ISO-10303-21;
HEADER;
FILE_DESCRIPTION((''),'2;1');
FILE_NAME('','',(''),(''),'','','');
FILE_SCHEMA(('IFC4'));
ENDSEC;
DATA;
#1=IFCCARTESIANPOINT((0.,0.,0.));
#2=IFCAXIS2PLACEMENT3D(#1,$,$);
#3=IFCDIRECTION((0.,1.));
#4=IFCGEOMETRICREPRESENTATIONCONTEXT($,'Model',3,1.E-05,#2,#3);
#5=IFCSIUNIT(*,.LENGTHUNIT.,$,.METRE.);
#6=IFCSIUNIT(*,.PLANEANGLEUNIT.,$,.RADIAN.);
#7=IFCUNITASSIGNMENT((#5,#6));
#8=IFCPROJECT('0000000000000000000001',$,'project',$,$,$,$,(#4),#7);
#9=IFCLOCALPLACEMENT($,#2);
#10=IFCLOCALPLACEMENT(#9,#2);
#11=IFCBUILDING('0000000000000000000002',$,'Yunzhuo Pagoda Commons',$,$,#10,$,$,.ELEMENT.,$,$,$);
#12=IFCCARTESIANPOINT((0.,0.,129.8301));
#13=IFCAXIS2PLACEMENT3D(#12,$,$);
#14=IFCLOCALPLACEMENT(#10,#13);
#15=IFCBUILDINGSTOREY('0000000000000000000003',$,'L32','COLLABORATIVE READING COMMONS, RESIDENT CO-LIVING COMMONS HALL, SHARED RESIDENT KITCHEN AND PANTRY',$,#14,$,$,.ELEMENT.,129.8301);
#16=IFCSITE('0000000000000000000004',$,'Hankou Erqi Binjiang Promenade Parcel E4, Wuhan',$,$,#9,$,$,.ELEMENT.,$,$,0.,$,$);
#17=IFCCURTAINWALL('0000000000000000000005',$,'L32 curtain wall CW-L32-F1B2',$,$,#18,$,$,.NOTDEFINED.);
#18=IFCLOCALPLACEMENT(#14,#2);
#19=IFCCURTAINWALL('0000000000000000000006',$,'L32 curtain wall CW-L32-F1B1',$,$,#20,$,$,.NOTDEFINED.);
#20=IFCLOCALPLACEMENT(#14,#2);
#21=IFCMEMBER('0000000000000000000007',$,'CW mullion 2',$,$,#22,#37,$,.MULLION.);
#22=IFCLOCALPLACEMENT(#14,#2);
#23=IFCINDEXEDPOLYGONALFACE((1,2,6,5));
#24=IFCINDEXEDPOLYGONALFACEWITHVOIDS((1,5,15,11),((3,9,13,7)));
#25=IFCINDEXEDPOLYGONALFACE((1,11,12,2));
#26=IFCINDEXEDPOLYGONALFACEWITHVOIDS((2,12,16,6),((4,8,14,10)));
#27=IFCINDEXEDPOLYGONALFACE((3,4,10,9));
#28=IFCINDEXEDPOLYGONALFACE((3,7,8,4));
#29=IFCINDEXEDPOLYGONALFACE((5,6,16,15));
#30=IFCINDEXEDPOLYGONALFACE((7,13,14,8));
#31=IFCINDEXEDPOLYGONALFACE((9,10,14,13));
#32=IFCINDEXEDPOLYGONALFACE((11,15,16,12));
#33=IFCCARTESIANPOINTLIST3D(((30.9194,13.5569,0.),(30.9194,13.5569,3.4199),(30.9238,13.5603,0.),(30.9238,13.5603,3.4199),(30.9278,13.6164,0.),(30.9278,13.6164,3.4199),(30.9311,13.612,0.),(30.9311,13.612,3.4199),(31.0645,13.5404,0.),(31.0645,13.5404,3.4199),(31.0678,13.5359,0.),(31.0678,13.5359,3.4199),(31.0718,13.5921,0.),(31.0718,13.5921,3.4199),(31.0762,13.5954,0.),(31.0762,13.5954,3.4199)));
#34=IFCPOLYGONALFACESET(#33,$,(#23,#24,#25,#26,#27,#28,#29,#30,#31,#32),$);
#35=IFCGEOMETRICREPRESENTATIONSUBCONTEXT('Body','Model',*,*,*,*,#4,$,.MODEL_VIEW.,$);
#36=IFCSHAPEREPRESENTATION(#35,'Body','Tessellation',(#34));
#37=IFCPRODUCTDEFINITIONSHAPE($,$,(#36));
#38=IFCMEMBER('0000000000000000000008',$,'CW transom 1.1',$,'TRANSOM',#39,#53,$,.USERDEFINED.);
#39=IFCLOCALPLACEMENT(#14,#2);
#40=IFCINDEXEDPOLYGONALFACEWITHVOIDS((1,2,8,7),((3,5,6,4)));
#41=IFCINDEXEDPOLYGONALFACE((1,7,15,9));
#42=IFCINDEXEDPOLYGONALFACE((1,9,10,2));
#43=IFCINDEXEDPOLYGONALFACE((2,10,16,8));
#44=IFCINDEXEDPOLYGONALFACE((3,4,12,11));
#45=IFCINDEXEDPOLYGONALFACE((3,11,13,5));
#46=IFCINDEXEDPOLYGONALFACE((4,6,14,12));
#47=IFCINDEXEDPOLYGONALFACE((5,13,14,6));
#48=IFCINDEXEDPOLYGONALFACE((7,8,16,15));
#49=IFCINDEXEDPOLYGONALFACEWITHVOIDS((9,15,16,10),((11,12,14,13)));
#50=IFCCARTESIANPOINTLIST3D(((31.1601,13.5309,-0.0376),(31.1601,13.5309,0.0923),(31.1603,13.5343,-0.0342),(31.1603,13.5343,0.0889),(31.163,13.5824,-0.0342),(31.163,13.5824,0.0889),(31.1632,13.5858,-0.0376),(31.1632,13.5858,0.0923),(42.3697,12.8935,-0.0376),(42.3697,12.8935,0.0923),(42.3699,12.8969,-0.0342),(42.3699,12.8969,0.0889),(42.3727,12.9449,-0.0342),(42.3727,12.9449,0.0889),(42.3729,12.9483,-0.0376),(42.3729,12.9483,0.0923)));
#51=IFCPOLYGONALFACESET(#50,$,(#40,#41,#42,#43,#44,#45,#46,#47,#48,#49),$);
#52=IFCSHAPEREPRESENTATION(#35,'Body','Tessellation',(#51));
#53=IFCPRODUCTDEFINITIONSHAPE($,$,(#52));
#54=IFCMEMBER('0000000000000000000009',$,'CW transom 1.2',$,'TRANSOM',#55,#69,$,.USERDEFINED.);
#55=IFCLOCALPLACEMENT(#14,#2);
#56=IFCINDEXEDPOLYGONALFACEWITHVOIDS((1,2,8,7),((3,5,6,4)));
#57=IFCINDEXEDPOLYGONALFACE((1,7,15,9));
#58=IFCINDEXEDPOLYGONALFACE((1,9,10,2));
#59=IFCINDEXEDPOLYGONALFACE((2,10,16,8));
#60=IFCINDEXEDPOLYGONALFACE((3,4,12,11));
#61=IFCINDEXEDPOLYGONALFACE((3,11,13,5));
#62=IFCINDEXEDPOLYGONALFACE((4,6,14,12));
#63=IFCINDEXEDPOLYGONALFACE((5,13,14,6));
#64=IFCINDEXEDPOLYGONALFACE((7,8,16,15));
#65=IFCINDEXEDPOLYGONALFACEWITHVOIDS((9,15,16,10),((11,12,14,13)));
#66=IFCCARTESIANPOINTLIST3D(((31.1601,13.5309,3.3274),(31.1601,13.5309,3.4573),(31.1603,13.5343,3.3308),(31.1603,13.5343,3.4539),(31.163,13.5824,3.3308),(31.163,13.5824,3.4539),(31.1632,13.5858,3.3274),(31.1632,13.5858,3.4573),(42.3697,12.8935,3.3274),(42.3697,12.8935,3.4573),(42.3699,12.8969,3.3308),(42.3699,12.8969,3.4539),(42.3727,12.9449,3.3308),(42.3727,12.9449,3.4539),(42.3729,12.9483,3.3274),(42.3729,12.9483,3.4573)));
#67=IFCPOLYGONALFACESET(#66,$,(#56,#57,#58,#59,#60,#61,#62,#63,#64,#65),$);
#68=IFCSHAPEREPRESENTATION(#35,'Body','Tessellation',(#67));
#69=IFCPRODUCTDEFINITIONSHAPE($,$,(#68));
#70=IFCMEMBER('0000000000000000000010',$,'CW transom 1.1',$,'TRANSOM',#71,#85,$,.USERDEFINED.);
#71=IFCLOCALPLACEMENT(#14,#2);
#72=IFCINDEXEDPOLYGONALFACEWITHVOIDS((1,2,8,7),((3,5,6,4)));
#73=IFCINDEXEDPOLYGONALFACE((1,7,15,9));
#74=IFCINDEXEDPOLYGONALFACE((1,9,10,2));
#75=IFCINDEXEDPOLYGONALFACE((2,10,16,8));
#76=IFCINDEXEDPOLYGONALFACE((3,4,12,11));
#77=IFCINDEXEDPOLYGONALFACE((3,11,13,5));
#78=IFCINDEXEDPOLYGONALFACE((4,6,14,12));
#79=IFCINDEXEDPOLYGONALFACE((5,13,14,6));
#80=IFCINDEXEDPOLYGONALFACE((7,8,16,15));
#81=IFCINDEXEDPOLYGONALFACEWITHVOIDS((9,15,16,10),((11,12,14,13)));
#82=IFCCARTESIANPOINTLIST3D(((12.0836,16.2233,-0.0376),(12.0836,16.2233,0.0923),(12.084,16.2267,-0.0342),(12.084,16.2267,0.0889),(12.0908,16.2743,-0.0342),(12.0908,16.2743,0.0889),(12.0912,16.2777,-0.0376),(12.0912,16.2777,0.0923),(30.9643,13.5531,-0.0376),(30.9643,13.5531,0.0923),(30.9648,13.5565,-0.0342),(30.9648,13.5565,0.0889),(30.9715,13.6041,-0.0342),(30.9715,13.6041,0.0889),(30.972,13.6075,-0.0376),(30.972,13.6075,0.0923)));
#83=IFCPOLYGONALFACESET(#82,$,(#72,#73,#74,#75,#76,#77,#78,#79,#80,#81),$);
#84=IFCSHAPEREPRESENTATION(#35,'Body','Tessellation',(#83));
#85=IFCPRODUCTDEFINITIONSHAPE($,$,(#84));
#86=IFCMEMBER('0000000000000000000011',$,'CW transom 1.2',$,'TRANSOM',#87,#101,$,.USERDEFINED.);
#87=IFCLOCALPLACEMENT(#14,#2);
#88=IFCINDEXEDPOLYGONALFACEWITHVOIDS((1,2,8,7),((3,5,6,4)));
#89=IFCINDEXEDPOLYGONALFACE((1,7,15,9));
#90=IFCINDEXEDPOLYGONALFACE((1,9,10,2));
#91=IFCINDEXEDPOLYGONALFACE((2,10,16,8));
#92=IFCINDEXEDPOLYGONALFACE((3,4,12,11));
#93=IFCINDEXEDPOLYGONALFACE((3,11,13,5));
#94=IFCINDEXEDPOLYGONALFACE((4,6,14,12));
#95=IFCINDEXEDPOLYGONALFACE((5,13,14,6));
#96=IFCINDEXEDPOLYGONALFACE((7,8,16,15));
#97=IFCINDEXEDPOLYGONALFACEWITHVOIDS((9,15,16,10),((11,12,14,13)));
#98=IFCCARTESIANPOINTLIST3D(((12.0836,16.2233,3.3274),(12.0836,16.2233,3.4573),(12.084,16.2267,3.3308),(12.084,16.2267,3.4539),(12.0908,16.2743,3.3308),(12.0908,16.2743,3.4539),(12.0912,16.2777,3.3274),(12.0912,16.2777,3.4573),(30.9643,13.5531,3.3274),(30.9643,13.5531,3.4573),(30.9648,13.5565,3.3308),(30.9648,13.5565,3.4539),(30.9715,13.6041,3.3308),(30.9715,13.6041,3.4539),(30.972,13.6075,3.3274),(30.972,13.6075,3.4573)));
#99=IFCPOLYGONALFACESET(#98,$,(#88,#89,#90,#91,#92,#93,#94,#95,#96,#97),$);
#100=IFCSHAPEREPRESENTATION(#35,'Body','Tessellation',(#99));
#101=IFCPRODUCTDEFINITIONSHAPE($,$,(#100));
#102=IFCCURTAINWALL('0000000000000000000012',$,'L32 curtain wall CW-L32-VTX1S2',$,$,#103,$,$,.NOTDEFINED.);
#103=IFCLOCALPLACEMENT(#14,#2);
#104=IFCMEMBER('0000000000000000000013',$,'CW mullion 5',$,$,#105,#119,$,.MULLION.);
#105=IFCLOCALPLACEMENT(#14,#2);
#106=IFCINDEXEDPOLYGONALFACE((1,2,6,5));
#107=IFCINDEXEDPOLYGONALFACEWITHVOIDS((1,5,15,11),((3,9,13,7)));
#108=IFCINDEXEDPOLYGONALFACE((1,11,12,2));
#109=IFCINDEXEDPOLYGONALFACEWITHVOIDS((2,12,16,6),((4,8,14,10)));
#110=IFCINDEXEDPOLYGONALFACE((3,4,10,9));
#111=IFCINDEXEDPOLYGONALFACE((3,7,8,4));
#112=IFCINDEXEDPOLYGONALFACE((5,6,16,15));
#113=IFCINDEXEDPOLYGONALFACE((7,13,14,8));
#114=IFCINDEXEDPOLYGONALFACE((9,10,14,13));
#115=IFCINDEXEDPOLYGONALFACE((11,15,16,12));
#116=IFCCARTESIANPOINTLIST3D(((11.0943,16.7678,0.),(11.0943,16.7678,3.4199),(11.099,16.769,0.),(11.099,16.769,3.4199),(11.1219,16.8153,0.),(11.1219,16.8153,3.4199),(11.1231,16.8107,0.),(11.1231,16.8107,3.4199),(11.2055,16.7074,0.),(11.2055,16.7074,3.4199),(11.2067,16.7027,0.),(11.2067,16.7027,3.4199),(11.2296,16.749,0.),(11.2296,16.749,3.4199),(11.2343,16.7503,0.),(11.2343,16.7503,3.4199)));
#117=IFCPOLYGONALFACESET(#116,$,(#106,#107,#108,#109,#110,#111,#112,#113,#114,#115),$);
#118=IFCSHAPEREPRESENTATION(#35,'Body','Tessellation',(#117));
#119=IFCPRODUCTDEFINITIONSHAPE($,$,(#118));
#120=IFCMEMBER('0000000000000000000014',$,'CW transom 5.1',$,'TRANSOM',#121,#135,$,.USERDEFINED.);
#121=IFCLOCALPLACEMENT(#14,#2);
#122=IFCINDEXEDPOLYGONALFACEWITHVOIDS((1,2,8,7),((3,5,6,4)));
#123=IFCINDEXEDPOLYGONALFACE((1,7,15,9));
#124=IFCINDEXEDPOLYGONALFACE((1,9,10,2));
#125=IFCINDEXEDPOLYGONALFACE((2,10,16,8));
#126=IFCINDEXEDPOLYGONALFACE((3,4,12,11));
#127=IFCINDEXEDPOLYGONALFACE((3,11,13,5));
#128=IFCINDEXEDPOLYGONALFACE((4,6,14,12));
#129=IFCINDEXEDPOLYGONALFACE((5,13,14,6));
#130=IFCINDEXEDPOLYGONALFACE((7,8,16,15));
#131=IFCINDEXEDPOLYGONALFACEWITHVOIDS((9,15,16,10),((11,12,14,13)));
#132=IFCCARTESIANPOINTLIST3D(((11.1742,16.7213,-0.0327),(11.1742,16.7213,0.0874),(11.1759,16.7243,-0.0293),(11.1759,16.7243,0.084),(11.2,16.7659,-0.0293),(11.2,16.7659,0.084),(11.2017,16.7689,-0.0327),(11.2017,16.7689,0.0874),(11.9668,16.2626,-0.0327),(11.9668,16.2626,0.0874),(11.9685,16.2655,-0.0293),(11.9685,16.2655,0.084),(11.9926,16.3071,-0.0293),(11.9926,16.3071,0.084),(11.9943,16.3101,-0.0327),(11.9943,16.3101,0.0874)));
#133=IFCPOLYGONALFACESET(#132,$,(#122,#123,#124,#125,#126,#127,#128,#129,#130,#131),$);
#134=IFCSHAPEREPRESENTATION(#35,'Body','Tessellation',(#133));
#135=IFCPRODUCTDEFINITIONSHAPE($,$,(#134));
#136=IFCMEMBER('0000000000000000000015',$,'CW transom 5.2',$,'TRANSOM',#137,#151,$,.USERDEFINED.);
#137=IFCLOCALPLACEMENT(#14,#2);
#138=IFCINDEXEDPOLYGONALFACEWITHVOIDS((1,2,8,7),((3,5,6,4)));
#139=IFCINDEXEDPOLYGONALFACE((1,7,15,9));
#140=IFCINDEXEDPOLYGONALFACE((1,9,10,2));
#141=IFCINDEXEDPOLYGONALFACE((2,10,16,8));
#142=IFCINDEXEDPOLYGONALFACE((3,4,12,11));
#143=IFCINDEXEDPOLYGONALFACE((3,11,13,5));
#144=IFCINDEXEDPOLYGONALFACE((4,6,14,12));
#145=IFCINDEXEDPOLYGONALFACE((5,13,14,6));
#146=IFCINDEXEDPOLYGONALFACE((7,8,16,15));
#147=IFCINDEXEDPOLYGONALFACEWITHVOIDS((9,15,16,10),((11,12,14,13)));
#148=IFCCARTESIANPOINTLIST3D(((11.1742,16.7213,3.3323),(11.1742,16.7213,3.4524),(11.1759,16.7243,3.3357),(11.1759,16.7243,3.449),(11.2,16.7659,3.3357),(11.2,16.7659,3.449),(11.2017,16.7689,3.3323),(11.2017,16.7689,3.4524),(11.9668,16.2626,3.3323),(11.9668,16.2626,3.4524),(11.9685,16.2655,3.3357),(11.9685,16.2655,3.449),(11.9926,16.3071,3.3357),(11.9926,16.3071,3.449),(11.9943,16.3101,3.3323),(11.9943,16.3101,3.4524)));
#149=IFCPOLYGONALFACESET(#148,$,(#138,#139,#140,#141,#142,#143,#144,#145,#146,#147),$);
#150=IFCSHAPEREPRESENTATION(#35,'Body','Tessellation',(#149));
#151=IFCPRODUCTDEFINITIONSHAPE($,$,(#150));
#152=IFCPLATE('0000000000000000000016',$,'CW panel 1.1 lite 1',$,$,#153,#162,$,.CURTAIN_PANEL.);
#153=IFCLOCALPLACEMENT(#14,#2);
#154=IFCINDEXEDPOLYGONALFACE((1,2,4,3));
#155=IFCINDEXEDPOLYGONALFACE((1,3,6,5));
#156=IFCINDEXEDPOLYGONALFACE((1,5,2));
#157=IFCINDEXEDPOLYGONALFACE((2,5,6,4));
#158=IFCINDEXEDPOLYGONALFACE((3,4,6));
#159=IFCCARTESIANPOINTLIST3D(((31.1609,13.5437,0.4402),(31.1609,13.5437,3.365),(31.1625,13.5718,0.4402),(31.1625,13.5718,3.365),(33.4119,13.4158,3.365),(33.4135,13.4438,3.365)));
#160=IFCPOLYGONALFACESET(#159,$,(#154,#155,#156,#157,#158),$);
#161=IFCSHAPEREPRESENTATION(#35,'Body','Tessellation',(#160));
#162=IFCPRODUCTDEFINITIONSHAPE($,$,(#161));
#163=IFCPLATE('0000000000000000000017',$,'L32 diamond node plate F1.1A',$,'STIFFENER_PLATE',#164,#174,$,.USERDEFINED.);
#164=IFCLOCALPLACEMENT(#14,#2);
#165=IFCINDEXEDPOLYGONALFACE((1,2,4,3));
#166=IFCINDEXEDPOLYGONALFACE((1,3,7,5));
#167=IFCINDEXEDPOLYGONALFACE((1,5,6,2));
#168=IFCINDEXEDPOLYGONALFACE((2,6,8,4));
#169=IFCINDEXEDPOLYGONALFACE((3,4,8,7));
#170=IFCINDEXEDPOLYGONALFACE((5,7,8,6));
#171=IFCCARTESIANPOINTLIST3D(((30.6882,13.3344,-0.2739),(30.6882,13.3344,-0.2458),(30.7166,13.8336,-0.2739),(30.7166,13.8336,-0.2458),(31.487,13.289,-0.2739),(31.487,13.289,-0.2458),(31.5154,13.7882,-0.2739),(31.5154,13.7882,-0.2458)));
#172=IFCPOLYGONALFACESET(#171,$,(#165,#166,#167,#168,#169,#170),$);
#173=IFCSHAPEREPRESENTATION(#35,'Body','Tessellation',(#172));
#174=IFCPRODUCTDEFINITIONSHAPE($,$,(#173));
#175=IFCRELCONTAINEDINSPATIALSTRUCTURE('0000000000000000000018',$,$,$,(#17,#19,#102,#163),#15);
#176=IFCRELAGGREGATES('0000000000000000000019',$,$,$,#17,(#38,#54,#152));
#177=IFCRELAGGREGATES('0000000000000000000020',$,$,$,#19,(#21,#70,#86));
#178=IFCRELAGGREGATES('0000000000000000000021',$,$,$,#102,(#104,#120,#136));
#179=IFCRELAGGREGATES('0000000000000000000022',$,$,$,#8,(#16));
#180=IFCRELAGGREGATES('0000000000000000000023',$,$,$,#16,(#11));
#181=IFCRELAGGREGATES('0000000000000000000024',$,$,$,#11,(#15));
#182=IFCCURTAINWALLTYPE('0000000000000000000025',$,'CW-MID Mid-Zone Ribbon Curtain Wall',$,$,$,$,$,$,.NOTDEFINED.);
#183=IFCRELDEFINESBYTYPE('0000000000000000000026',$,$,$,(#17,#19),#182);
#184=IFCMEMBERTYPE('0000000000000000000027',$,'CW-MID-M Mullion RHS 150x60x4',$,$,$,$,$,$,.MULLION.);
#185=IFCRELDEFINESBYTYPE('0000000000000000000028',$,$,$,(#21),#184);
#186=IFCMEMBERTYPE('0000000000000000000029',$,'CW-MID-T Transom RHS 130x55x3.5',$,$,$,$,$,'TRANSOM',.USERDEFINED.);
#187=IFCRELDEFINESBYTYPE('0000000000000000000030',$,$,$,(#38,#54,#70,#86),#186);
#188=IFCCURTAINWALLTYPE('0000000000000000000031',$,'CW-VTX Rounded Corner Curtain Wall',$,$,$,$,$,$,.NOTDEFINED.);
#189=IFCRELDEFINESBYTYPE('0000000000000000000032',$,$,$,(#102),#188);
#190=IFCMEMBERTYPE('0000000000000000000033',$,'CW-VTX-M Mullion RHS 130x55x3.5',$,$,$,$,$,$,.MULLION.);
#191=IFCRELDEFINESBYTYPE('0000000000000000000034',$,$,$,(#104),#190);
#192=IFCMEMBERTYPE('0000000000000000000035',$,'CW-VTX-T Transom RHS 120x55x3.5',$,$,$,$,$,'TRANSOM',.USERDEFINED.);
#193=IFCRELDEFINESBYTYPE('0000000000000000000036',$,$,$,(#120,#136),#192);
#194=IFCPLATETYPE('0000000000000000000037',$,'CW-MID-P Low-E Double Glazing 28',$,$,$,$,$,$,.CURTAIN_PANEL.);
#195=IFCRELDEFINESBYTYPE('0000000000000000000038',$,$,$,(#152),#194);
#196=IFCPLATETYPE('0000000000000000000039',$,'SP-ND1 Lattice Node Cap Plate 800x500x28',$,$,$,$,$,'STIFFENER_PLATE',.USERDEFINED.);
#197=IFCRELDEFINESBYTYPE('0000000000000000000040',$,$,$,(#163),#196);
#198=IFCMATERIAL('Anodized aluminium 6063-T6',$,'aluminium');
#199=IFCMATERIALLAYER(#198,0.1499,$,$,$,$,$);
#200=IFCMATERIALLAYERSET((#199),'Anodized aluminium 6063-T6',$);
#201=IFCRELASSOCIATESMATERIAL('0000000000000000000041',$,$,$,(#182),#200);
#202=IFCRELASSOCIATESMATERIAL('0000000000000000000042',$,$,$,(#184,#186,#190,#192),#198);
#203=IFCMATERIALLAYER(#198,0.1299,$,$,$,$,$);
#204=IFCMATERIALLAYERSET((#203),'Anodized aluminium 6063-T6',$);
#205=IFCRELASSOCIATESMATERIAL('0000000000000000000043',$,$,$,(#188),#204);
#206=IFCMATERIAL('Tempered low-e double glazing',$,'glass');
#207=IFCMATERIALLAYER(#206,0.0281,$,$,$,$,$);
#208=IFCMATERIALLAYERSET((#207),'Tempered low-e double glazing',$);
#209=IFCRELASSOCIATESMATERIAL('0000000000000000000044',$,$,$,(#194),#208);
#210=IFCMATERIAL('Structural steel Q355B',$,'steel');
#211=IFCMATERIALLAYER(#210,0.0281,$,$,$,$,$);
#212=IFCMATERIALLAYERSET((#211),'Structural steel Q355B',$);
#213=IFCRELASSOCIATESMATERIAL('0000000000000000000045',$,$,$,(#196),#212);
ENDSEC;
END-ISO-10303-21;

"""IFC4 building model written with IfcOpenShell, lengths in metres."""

from ifc_helpers import new_model, si_unit, direction, frame, origin, origin_2d, place, context, subcontext, project, spatial, polyline, rectangle, hollow_rectangle, outline, extrude, source, transform, mapped, material, layer, layer_set, material_profile, profile_set, type_object, element, aggregate, save


model = new_model("IFC4")

# Units and contexts
model_context = context("Model", 3, precision=1e-05, world=origin(), true_north=direction((0.0, 1.0)))
body_context = subcontext(model_context, "Body", "Model", "MODEL_VIEW")
ifc_project = project(units=[si_unit("LENGTHUNIT", "METRE"), si_unit("PLANEANGLEUNIT", "RADIAN")], contexts=[model_context])

# Site, building, storey
site_placement = place(None, origin())
site = spatial("IfcSite", under=ifc_project, at=site_placement, Name="Hankou Erqi Binjiang Promenade Parcel E4, Wuhan", CompositionType="ELEMENT", RefElevation=0.0)
building_placement = place(site_placement, origin())
building = spatial("IfcBuilding", under=site, at=building_placement, Name="Yunzhuo Pagoda Commons", CompositionType="ELEMENT")
storey_placement = place(building_placement, frame((0.0, 0.0, 129.8301)))
storey = spatial("IfcBuildingStorey", under=building, at=storey_placement, Name="L32", Description="COLLABORATIVE READING COMMONS, RESIDENT CO-LIVING COMMONS HALL, SHARED RESIDENT KITCHEN AND PANTRY", CompositionType="ELEMENT", Elevation=129.8301)

# Shared definitions
ifc_material_1 = material(Name="Structural steel Q355B", Category="steel")

# Curtain wall
ifc_material_2 = material(Name="Anodized aluminium 6063-T6", Category="aluminium")
ifc_layer_1 = layer(ifc_material_2, 0.1499)
ifc_layer_set_1 = layer_set([ifc_layer_1], Name="Anodized aluminium 6063-T6")
curtain_wall_type_1 = type_object("IfcCurtainWallType", Name="CW-MID Mid-Zone Ribbon Curtain Wall", PredefinedType="NOTDEFINED", material=ifc_layer_set_1)
curtain_wall_1_placement = place(storey_placement, origin())
curtain_wall_1 = element("IfcCurtainWall", 1, at=curtain_wall_1_placement, inside=storey, type_object=curtain_wall_type_1, Name="L32 curtain wall CW-L32-F1B2", PredefinedType="NOTDEFINED")
ifc_material_profile_1 = material_profile(ifc_material_2, hollow_rectangle(XDim=0.0601, YDim=0.1499, WallThickness=0.0039, at=origin_2d()), Name="Anodized aluminium 6063-T6")
ifc_profile_set_1 = profile_set([ifc_material_profile_1], Name="Anodized aluminium 6063-T6")
member_type_1 = type_object("IfcMemberType", Name="CW-MID-M Mullion RHS 150x60x4", PredefinedType="MULLION", material=ifc_profile_set_1)
shared_shape_1 = source(origin(), body_context, "Body", "SweptSolid", [
    extrude(hollow_rectangle(XDim=0.0601, YDim=0.1499, WallThickness=0.0039, at=origin_2d()), origin(), (0.0, 0.0, 1.0), 3.4199),
])

# Curtain wall, member
curtain_wall_2_placement = place(storey_placement, origin())
curtain_wall_2 = element("IfcCurtainWall", 2, at=curtain_wall_2_placement, inside=storey, type_object=curtain_wall_type_1, Name="L32 curtain wall CW-L32-F1B1", PredefinedType="NOTDEFINED")
member_1_placement = place(storey_placement, frame((30.9978, 13.5762, 0.0), z_axis=(0.0, 0.0, 1.0), x_axis=(0.140027, 0.990148, 0.0)))
member_1 = element("IfcMember", 3, at=member_1_placement, type_object=member_type_1, Name="CW mullion 2", PredefinedType="MULLION", context=body_context, shape_type="MappedRepresentation", body=[
    mapped(shared_shape_1, transform((0.0, 0.0, 0.0), scale=1.0)),
])

# Members
ifc_material_profile_2 = material_profile(ifc_material_2, hollow_rectangle(XDim=0.0549, YDim=0.1299, WallThickness=0.0034, at=origin_2d()), Name="Anodized aluminium 6063-T6")
ifc_profile_set_2 = profile_set([ifc_material_profile_2], Name="Anodized aluminium 6063-T6")
member_type_2 = type_object("IfcMemberType", Name="CW-MID-T Transom RHS 130x55x3.5", ElementType="TRANSOM", PredefinedType="USERDEFINED", material=ifc_profile_set_2)
shared_shape_2 = source(origin(), body_context, "Body", "SweptSolid", [
    extrude(hollow_rectangle(XDim=0.0549, YDim=0.1299, WallThickness=0.0034, at=origin_2d()), origin(), (0.0, 0.0, 1.0), 11.2278),
])
member_2_placement = place(storey_placement, frame((31.1616, 13.5583, 0.0273), z_axis=(0.998387, -0.056774, 0.0), x_axis=(0.056774, 0.998387, 0.0)))
member_2 = element("IfcMember", 4, at=member_2_placement, type_object=member_type_2, Name="CW transom 1.1", ObjectType="TRANSOM", PredefinedType="USERDEFINED", context=body_context, shape_type="MappedRepresentation", body=[
    mapped(shared_shape_2, transform((0.0, 0.0, 0.0), scale=1.0)),
])
member_3_placement = place(storey_placement, frame((31.1616, 13.5583, 3.3923), z_axis=(0.998387, -0.056774, 0.0), x_axis=(0.056774, 0.998387, 0.0)))
member_3 = element("IfcMember", 5, at=member_3_placement, type_object=member_type_2, Name="CW transom 1.2", ObjectType="TRANSOM", PredefinedType="USERDEFINED", context=body_context, shape_type="MappedRepresentation", body=[
    mapped(shared_shape_2, transform((0.0, 0.0, 0.0), scale=1.0)),
])
shared_shape_3 = source(origin(), body_context, "Body", "SweptSolid", [
    extrude(hollow_rectangle(XDim=0.0549, YDim=0.1299, WallThickness=0.0034, at=origin_2d()), origin(), (0.0, 0.0, 1.0), 19.0686),
])
member_4_placement = place(storey_placement, frame((12.0874, 16.2505, 0.0273), z_axis=(0.990147, -0.14003, 0.0), x_axis=(0.14003, 0.990147, 0.0)))
member_4 = element("IfcMember", 6, at=member_4_placement, type_object=member_type_2, Name="CW transom 1.1", ObjectType="TRANSOM", PredefinedType="USERDEFINED", context=body_context, shape_type="MappedRepresentation", body=[
    mapped(shared_shape_3, transform((0.0, 0.0, 0.0), scale=1.0)),
])
member_5_placement = place(storey_placement, frame((12.0874, 16.2505, 3.3923), z_axis=(0.990147, -0.14003, 0.0), x_axis=(0.14003, 0.990147, 0.0)))
member_5 = element("IfcMember", 7, at=member_5_placement, type_object=member_type_2, Name="CW transom 1.2", ObjectType="TRANSOM", PredefinedType="USERDEFINED", context=body_context, shape_type="MappedRepresentation", body=[
    mapped(shared_shape_3, transform((0.0, 0.0, 0.0), scale=1.0)),
])

# Curtain wall, members
ifc_layer_2 = layer(ifc_material_2, 0.1299)
ifc_layer_set_2 = layer_set([ifc_layer_2], Name="Anodized aluminium 6063-T6")
curtain_wall_type_2 = type_object("IfcCurtainWallType", Name="CW-VTX Rounded Corner Curtain Wall", PredefinedType="NOTDEFINED", material=ifc_layer_set_2)
curtain_wall_3_placement = place(storey_placement, origin())
curtain_wall_3 = element("IfcCurtainWall", 8, at=curtain_wall_3_placement, inside=storey, type_object=curtain_wall_type_2, Name="L32 curtain wall CW-L32-VTX1S2", PredefinedType="NOTDEFINED")
ifc_material_profile_3 = material_profile(ifc_material_2, hollow_rectangle(XDim=0.0549, YDim=0.1299, WallThickness=0.0034, at=origin_2d()), Name="Anodized aluminium 6063-T6")
ifc_profile_set_3 = profile_set([ifc_material_profile_3], Name="Anodized aluminium 6063-T6")
member_type_3 = type_object("IfcMemberType", Name="CW-VTX-M Mullion RHS 130x55x3.5", PredefinedType="MULLION", material=ifc_profile_set_3)
shared_shape_4 = source(origin(), body_context, "Body", "SweptSolid", [
    extrude(hollow_rectangle(XDim=0.0549, YDim=0.1299, WallThickness=0.0034, at=origin_2d()), origin(), (0.0, 0.0, 1.0), 3.4199),
])
member_6_placement = place(storey_placement, frame((11.1643, 16.759, 0.0), z_axis=(0.0, 0.0, 1.0), x_axis=(0.501038, 0.865425, 0.0)))
member_6 = element("IfcMember", 9, at=member_6_placement, type_object=member_type_3, Name="CW mullion 5", PredefinedType="MULLION", context=body_context, shape_type="MappedRepresentation", body=[
    mapped(shared_shape_4, transform((0.0, 0.0, 0.0), scale=1.0)),
])
ifc_material_profile_4 = material_profile(ifc_material_2, hollow_rectangle(XDim=0.0549, YDim=0.1201, WallThickness=0.0034, at=origin_2d()), Name="Anodized aluminium 6063-T6")
ifc_profile_set_4 = profile_set([ifc_material_profile_4], Name="Anodized aluminium 6063-T6")
member_type_4 = type_object("IfcMemberType", Name="CW-VTX-T Transom RHS 120x55x3.5", ElementType="TRANSOM", PredefinedType="USERDEFINED", material=ifc_profile_set_4)
shared_shape_5 = source(origin(), body_context, "Body", "SweptSolid", [
    extrude(hollow_rectangle(XDim=0.0549, YDim=0.1201, WallThickness=0.0034, at=origin_2d()), origin(), (0.0, 0.0, 1.0), 0.9158),
])
member_7_placement = place(storey_placement, frame((11.188, 16.7451, 0.0273), z_axis=(0.865457, -0.500984, 0.0), x_axis=(0.500984, 0.865457, 0.0)))
member_7 = element("IfcMember", 10, at=member_7_placement, type_object=member_type_4, Name="CW transom 5.1", ObjectType="TRANSOM", PredefinedType="USERDEFINED", context=body_context, shape_type="MappedRepresentation", body=[
    mapped(shared_shape_5, transform((0.0, 0.0, 0.0), scale=1.0)),
])
member_8_placement = place(storey_placement, frame((11.188, 16.7451, 3.3923), z_axis=(0.865457, -0.500984, 0.0), x_axis=(0.500984, 0.865457, 0.0)))
member_8 = element("IfcMember", 11, at=member_8_placement, type_object=member_type_4, Name="CW transom 5.2", ObjectType="TRANSOM", PredefinedType="USERDEFINED", context=body_context, shape_type="MappedRepresentation", body=[
    mapped(shared_shape_5, transform((0.0, 0.0, 0.0), scale=1.0)),
])

# Plate
ifc_material_3 = material(Name="Tempered low-e double glazing", Category="glass")
ifc_layer_3 = layer(ifc_material_3, 0.0281)
ifc_layer_set_3 = layer_set([ifc_layer_3], Name="Tempered low-e double glazing")
plate_type_1 = type_object("IfcPlateType", Name="CW-MID-P Low-E Double Glazing 28", PredefinedType="CURTAIN_PANEL", material=ifc_layer_set_3)
plate_1_placement = place(storey_placement, frame((32.2878, 13.5078, 1.9026), z_axis=(-0.056742, -0.998389, 0.0), x_axis=(0.998389, -0.056742, 0.0)))
plate_1 = element("IfcPlate", 12, at=plate_1_placement, type_object=plate_type_1, Name="CW panel 1.1 lite 1", PredefinedType="CURTAIN_PANEL", context=body_context, shape_type="SweptSolid", body=[
    extrude(outline(polyline([(-1.1272, -1.4624), (1.1274, 1.4624), (-1.1272, 1.4624), (-1.1272, -1.4624)])), origin(), (0.0, 0.0, 1.0), 0.0281),
])
aggregate(curtain_wall_1, [member_2, member_3, plate_1])

# Plate
ifc_layer_4 = layer(ifc_material_1, 0.0281)
ifc_layer_set_4 = layer_set([ifc_layer_4], Name="Structural steel Q355B")
plate_type_2 = type_object("IfcPlateType", Name="SP-ND1 Lattice Node Cap Plate 800x500x28", ElementType="STIFFENER_PLATE", PredefinedType="USERDEFINED", material=ifc_layer_set_4)
shared_shape_6 = source(origin(), body_context, "Body", "SweptSolid", [
    extrude(rectangle(XDim=0.8, YDim=0.5, at=origin_2d()), origin(), (0.0, 0.0, 1.0), 0.0281),
])
plate_2_placement = place(storey_placement, frame((31.1018, 13.5613, -0.2739), z_axis=(0.0, 0.0, 1.0), x_axis=(0.998389, -0.056745, 0.0)))
element("IfcPlate", 13, at=plate_2_placement, inside=storey, type_object=plate_type_2, Name="L32 diamond node plate F1.1A", ObjectType="STIFFENER_PLATE", PredefinedType="USERDEFINED", context=body_context, shape_type="MappedRepresentation", body=[
    mapped(shared_shape_6, transform((0.0, 0.0, 0.0), scale=1.0)),
])

aggregate(curtain_wall_2, [member_1, member_4, member_5])
aggregate(curtain_wall_3, [member_6, member_7, member_8])

save(model, "model.ifc")
